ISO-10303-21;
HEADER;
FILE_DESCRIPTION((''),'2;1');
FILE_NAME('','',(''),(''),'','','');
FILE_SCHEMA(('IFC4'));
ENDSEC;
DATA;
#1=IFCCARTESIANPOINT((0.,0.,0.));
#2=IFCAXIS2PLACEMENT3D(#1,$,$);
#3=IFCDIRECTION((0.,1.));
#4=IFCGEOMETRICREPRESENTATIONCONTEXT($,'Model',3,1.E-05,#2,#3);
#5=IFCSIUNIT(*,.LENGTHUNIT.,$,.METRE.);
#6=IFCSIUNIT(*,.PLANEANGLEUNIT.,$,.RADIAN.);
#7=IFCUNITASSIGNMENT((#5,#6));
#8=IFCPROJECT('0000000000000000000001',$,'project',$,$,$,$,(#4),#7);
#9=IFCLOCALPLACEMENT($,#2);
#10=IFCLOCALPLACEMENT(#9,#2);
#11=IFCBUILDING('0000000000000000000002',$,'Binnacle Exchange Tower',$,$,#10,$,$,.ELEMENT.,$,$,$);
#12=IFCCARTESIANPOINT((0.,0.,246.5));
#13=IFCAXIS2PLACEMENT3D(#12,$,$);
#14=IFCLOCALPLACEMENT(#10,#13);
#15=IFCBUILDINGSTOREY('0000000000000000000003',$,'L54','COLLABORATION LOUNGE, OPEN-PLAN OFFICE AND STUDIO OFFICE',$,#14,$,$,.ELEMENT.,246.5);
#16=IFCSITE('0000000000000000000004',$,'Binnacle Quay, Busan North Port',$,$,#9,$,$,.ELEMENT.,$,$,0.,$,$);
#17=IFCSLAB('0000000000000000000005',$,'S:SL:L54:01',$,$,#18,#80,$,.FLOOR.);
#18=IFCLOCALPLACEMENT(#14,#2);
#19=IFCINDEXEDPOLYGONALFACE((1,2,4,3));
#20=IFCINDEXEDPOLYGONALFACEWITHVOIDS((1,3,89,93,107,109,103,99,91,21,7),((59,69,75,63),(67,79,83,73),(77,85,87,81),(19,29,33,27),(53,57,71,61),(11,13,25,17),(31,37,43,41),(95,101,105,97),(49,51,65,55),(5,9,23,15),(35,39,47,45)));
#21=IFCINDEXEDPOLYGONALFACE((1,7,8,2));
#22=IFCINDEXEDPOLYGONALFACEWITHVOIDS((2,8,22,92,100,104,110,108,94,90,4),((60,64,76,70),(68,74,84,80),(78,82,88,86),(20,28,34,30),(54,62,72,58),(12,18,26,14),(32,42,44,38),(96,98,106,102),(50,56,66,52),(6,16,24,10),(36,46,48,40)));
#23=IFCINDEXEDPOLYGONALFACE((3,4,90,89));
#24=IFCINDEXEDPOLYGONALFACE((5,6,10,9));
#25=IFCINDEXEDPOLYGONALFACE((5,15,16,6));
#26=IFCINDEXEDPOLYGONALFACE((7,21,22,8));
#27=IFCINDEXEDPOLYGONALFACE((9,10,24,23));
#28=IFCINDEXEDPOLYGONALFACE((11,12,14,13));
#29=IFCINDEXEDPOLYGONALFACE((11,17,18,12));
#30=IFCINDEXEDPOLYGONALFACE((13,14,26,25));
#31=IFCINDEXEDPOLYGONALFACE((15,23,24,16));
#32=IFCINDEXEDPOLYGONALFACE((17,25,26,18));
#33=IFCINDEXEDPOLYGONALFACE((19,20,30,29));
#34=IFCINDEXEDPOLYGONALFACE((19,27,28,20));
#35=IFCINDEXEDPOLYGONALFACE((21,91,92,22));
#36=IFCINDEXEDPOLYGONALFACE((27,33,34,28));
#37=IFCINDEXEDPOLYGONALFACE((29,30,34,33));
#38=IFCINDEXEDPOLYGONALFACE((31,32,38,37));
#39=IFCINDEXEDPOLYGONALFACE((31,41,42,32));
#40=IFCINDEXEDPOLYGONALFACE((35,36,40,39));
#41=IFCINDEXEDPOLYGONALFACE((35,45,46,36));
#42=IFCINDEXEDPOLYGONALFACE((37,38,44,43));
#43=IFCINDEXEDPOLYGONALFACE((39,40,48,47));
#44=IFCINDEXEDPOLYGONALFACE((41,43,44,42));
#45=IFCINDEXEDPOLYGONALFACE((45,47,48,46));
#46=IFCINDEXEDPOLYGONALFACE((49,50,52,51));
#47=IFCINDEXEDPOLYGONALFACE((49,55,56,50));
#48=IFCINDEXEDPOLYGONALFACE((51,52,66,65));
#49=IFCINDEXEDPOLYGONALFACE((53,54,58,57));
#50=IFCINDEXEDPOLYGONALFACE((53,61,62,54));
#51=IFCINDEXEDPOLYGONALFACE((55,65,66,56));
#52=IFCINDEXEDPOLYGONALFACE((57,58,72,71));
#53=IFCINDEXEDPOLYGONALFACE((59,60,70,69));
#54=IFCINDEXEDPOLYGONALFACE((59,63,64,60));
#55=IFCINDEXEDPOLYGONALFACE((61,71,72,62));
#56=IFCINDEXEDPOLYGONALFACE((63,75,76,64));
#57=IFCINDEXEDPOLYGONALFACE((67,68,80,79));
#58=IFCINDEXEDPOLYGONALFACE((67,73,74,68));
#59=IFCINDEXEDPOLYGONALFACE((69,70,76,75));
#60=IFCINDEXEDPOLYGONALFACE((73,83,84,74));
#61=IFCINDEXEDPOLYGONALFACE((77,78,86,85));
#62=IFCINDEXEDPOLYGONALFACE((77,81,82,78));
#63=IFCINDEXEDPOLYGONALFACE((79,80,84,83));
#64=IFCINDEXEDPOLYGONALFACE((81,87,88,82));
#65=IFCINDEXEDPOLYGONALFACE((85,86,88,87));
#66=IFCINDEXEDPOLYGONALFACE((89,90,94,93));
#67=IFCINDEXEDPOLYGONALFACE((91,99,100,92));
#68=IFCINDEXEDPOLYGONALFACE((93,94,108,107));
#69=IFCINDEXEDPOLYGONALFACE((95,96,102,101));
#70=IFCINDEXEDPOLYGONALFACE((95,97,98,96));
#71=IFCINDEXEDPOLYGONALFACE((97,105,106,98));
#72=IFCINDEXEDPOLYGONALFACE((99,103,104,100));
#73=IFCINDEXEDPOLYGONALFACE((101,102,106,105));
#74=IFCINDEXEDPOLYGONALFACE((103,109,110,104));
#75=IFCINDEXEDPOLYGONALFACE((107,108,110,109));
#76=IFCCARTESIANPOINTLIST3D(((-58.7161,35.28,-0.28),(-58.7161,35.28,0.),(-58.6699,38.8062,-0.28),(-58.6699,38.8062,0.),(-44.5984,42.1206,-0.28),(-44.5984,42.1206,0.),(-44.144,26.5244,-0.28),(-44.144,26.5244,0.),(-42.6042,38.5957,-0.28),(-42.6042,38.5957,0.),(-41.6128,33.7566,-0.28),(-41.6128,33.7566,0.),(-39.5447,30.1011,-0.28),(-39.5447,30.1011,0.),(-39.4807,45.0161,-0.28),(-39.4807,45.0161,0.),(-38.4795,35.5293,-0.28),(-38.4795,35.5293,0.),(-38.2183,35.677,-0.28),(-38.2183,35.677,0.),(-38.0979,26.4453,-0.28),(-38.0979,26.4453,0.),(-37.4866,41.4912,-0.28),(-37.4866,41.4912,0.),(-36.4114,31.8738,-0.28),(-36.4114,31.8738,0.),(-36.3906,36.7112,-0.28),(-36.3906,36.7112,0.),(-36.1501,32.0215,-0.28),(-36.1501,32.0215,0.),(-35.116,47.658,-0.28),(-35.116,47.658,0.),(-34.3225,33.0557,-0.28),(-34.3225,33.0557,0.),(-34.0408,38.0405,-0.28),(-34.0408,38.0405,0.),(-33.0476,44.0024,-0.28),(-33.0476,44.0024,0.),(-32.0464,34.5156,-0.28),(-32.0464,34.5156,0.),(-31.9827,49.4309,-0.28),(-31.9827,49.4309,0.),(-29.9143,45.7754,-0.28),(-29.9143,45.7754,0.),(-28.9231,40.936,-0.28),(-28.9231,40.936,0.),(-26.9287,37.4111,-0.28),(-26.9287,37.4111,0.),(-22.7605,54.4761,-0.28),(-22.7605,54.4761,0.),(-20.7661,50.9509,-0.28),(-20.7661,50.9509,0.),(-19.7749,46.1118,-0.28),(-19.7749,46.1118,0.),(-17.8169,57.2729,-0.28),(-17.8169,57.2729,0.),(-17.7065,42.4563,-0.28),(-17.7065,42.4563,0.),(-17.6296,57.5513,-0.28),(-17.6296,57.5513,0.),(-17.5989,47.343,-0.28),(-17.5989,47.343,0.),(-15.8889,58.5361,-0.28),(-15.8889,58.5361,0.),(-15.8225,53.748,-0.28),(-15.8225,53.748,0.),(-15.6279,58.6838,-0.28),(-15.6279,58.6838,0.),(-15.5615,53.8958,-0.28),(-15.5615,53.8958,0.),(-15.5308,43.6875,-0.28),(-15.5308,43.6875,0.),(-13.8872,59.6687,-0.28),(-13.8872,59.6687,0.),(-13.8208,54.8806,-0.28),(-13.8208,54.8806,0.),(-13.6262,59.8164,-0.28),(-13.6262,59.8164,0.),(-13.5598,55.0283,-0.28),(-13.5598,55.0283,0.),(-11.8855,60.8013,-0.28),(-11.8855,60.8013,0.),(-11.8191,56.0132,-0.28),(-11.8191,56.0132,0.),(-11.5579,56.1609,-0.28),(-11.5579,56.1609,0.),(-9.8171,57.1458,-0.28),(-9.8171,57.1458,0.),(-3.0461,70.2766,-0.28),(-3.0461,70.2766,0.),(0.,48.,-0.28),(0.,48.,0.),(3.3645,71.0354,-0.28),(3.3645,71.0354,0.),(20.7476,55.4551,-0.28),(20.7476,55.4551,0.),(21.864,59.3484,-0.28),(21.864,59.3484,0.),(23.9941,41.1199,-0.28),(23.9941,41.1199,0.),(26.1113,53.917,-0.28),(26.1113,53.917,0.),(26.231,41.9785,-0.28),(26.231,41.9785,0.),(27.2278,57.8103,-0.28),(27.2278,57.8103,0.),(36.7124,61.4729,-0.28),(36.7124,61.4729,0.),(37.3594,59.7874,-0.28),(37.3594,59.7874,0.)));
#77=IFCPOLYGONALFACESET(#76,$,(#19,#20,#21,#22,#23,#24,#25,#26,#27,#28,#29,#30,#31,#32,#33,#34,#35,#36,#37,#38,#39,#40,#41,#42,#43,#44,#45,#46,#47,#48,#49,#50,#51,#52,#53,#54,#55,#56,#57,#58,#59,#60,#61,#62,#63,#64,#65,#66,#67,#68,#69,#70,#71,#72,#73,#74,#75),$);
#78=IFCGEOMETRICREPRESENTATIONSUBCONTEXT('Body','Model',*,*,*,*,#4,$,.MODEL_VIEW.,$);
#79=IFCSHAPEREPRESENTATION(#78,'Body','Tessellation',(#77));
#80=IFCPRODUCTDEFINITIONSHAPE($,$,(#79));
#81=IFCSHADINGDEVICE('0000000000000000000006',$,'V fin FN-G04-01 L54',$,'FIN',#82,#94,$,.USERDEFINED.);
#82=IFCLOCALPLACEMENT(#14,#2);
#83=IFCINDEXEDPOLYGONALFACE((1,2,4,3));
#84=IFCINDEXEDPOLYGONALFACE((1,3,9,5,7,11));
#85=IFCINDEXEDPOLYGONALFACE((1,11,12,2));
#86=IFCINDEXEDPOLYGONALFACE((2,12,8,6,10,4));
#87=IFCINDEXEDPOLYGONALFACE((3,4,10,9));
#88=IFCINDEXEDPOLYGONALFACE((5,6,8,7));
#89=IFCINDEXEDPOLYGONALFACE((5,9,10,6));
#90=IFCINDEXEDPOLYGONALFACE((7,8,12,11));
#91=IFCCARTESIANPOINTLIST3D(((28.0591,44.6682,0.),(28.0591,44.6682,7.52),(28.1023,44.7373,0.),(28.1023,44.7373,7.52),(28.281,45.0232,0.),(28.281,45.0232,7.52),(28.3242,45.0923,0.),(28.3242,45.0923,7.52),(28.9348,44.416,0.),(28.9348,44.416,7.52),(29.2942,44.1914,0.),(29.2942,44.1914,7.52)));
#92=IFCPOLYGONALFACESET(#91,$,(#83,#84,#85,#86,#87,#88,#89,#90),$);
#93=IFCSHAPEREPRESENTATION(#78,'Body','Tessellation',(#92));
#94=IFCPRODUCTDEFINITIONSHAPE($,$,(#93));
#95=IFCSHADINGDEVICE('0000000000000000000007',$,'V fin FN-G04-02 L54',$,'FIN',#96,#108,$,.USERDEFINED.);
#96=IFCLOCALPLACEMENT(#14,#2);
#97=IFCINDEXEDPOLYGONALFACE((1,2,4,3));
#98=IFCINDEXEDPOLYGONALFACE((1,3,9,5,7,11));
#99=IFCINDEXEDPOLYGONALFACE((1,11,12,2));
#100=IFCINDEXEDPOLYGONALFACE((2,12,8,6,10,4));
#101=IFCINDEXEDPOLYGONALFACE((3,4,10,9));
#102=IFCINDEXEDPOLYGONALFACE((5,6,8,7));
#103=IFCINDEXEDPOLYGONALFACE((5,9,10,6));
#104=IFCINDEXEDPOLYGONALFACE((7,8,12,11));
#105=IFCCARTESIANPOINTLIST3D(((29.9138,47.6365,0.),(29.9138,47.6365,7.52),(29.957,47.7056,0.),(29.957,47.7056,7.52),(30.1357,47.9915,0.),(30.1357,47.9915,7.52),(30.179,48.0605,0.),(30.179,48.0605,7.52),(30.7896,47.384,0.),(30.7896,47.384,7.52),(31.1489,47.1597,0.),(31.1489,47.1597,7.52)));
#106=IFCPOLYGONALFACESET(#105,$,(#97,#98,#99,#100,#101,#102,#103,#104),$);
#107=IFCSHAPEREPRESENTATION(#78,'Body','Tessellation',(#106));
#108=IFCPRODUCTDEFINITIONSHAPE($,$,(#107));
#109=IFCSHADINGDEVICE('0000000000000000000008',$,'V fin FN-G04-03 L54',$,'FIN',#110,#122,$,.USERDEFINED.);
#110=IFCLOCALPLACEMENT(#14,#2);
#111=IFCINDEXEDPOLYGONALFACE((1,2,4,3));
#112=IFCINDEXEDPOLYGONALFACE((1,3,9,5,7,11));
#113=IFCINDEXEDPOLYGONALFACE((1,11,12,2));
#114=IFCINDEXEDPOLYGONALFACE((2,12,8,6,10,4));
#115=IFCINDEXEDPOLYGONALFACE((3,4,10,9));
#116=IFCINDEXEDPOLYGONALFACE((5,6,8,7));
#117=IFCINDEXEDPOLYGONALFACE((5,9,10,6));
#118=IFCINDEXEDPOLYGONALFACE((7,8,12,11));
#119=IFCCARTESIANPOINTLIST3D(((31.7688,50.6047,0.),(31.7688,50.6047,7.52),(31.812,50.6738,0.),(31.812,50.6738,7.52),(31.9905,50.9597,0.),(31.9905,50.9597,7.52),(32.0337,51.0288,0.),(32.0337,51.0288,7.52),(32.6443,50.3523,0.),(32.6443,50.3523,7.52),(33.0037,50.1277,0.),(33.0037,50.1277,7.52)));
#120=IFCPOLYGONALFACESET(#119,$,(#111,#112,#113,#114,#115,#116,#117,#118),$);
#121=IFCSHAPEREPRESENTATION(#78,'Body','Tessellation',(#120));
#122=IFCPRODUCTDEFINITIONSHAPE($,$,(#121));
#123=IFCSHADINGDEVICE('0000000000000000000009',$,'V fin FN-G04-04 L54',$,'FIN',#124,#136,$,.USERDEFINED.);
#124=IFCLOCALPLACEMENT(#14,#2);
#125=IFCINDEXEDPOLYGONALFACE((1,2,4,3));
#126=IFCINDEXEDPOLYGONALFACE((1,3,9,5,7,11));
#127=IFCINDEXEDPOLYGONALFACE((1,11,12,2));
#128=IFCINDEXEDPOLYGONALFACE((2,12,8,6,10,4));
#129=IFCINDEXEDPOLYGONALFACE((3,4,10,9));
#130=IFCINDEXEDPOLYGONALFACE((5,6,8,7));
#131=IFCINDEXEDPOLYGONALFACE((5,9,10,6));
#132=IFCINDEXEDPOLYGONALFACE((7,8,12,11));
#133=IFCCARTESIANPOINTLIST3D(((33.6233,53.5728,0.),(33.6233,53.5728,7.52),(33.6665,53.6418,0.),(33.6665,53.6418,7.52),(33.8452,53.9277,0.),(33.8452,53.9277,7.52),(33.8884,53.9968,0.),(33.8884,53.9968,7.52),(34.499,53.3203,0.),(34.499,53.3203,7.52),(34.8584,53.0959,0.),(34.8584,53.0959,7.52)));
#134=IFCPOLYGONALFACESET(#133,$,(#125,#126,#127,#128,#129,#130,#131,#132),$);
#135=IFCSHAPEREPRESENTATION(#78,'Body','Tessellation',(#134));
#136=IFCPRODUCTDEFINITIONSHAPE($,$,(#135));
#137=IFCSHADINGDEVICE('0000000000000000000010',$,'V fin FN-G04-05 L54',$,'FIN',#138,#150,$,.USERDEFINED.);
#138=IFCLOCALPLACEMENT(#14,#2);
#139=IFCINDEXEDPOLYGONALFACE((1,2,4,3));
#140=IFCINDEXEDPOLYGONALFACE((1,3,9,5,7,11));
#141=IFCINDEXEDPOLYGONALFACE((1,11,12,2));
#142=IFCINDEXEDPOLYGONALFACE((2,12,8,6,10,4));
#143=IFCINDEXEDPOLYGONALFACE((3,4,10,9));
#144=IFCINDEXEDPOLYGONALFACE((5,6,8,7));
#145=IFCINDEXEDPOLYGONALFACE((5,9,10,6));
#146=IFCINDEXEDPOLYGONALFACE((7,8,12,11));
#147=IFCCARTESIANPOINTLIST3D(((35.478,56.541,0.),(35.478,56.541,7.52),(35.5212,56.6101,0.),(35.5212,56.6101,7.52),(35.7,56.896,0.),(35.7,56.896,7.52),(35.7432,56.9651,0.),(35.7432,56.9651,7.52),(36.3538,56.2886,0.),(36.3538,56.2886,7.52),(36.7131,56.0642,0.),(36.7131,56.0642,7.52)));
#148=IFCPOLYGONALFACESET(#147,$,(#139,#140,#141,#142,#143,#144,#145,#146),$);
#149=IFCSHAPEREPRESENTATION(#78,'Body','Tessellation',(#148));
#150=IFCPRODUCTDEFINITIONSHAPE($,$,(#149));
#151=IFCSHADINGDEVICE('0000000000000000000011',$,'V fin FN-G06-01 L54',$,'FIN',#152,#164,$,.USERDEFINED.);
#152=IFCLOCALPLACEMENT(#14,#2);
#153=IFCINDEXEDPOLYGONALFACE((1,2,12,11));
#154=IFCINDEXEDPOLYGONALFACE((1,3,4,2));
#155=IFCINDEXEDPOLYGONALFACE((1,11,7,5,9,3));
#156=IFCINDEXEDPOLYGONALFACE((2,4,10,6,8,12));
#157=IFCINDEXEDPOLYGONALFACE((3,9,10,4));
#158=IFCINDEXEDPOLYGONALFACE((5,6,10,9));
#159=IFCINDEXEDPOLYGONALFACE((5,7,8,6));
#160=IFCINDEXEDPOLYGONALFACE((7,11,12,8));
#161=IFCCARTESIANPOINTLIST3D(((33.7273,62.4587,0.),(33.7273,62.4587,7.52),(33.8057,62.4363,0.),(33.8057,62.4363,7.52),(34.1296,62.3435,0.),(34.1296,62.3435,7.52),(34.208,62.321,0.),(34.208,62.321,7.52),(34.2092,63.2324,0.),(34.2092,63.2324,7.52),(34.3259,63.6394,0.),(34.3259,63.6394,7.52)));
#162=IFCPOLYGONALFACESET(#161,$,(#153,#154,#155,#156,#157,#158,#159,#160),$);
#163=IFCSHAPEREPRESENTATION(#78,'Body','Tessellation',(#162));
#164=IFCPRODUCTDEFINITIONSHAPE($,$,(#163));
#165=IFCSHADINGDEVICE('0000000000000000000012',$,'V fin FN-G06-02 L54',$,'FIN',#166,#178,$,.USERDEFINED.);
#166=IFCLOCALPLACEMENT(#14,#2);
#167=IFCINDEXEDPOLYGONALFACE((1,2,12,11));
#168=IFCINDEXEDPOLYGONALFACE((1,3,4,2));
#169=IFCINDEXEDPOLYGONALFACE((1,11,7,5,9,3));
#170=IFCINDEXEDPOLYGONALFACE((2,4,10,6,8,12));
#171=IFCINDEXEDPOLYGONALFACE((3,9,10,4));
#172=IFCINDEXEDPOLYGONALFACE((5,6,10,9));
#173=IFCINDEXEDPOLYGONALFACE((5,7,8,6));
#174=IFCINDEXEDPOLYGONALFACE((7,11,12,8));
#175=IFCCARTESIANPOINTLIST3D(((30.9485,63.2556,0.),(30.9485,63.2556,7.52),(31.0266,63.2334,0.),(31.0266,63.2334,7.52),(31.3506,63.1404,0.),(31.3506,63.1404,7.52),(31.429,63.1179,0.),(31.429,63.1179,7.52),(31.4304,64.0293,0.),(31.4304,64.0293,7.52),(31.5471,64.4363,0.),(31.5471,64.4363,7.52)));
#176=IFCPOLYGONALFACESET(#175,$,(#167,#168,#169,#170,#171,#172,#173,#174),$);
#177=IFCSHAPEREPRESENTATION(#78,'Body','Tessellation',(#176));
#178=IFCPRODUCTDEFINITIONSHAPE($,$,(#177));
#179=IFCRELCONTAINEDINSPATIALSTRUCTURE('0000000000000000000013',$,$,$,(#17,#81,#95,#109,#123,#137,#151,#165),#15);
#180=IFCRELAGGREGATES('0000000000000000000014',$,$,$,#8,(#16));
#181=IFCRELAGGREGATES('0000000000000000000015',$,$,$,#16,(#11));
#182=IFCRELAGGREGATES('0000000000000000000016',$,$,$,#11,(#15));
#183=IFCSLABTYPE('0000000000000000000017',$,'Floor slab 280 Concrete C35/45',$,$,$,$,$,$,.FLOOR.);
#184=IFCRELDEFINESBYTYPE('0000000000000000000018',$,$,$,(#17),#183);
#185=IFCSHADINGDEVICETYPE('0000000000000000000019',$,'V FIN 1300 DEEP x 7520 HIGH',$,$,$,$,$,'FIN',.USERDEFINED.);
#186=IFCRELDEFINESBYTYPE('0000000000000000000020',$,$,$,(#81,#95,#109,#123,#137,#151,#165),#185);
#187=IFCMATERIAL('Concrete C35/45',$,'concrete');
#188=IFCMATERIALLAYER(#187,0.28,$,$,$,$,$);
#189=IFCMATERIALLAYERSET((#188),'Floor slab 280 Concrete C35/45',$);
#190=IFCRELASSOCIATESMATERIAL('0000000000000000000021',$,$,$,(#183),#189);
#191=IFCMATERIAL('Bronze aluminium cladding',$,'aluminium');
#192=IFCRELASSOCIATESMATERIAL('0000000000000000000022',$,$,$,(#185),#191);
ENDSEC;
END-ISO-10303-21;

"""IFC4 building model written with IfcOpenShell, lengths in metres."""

from ifc_helpers import new_model, si_unit, direction, frame, origin, place, context, subcontext, project, spatial, polyline, outline, extrude, material, layer, layer_set, type_object, element, save


model = new_model("IFC4")

# Units and contexts
model_context = context("Model", 3, precision=1e-05, world=origin(), true_north=direction((0.0, 1.0)))
body_context = subcontext(model_context, "Body", "Model", "MODEL_VIEW")
ifc_project = project(units=[si_unit("LENGTHUNIT", "METRE"), si_unit("PLANEANGLEUNIT", "RADIAN")], contexts=[model_context])

# Site, building, storey
site_placement = place(None, origin())
site = spatial("IfcSite", under=ifc_project, at=site_placement, Name="Binnacle Quay, Busan North Port", CompositionType="ELEMENT", RefElevation=0.0)
building_placement = place(site_placement, origin())
building = spatial("IfcBuilding", under=site, at=building_placement, Name="Binnacle Exchange Tower", CompositionType="ELEMENT")
storey_placement = place(building_placement, frame((0.0, 0.0, 246.5)))
storey = spatial("IfcBuildingStorey", under=building, at=storey_placement, Name="L54", Description="COLLABORATION LOUNGE, OPEN-PLAN OFFICE AND STUDIO OFFICE", CompositionType="ELEMENT", Elevation=246.5)

# Slab
ifc_material_1 = material(Name="Concrete C35/45", Category="concrete")
ifc_layer = layer(ifc_material_1, 0.28)
ifc_layer_set = layer_set([ifc_layer], Name="Floor slab 280 Concrete C35/45")
slab_type = type_object("IfcSlabType", Name="Floor slab 280 Concrete C35/45", PredefinedType="FLOOR", material=ifc_layer_set)
slab_placement = place(storey_placement, frame((0.0, 0.0, -0.28)))
element("IfcSlab", 1, at=slab_placement, inside=storey, type_object=slab_type, Name="S:SL:L54:01", PredefinedType="FLOOR", context=body_context, shape_type="SweptSolid", body=[
    extrude(outline(polyline([(-58.7161, 35.28), (-58.6699, 38.8062), (-3.0461, 70.2766), (3.3645, 71.0354), (36.7124, 61.4729), (37.3594, 59.7874), (26.231, 41.9785), (23.9941, 41.1199), (0.0, 48.0), (-38.0979, 26.4453), (-44.144, 26.5244), (-58.7161, 35.28)]), holes=[polyline([(-38.4795, 35.5293), (-41.6128, 33.7566), (-39.5447, 30.1011), (-36.4114, 31.8738), (-38.4795, 35.5293)]), polyline([(-36.3906, 36.7112), (-38.2183, 35.677), (-36.1501, 32.0215), (-34.3225, 33.0557), (-36.3906, 36.7112)]), polyline([(-32.0464, 34.5156), (-26.9287, 37.4111), (-28.9231, 40.936), (-34.0408, 38.0405), (-32.0464, 34.5156)]), polyline([(-37.4866, 41.4912), (-39.4807, 45.0161), (-44.5984, 42.1206), (-42.6042, 38.5957), (-37.4866, 41.4912)]), polyline([(-29.9143, 45.7754), (-31.9827, 49.4309), (-35.116, 47.658), (-33.0476, 44.0024), (-29.9143, 45.7754)]), polyline([(-17.8169, 57.2729), (-22.7605, 54.4761), (-20.7661, 50.9509), (-15.8225, 53.748), (-17.8169, 57.2729)]), polyline([(-15.5308, 43.6875), (-17.5989, 47.343), (-19.7749, 46.1118), (-17.7065, 42.4563), (-15.5308, 43.6875)]), polyline([(-13.8208, 54.8806), (-15.8889, 58.5361), (-17.6296, 57.5513), (-15.5615, 53.8958), (-13.8208, 54.8806)]), polyline([(27.2278, 57.8103), (21.864, 59.3484), (20.7476, 55.4551), (26.1113, 53.917), (27.2278, 57.8103)]), polyline([(-11.8191, 56.0132), (-13.8872, 59.6687), (-15.6279, 58.6838), (-13.5598, 55.0283), (-11.8191, 56.0132)]), polyline([(-9.8171, 57.1458), (-11.8855, 60.8013), (-13.6262, 59.8164), (-11.5579, 56.1609), (-9.8171, 57.1458)])]), origin(), (0.0, 0.0, 1.0), 0.28),
])

# Shading devices
ifc_material_2 = material(Name="Bronze aluminium cladding", Category="aluminium")
shading_device_type = type_object("IfcShadingDeviceType", Name="V FIN 1300 DEEP x 7520 HIGH", ElementType="FIN", PredefinedType="USERDEFINED", material=ifc_material_2)
shading_device_1_placement = place(storey_placement, origin())
element("IfcShadingDevice", 2, at=shading_device_1_placement, inside=storey, type_object=shading_device_type, Name="V fin FN-G04-01 L54", ObjectType="FIN", PredefinedType="USERDEFINED", context=body_context, shape_type="SweptSolid", body=[
    extrude(outline(polyline([(28.0591, 44.6682), (29.2942, 44.1914), (28.3242, 45.0923), (28.281, 45.0232), (28.9348, 44.416), (28.1023, 44.7373), (28.0591, 44.6682)])), origin(), (0.0, 0.0, 1.0), 7.52),
])
shading_device_2_placement = place(storey_placement, origin())
element("IfcShadingDevice", 3, at=shading_device_2_placement, inside=storey, type_object=shading_device_type, Name="V fin FN-G04-02 L54", ObjectType="FIN", PredefinedType="USERDEFINED", context=body_context, shape_type="SweptSolid", body=[
    extrude(outline(polyline([(29.9138, 47.6365), (31.1489, 47.1597), (30.179, 48.0605), (30.1357, 47.9915), (30.7896, 47.384), (29.957, 47.7056), (29.9138, 47.6365)])), origin(), (0.0, 0.0, 1.0), 7.52),
])
shading_device_3_placement = place(storey_placement, origin())
element("IfcShadingDevice", 4, at=shading_device_3_placement, inside=storey, type_object=shading_device_type, Name="V fin FN-G04-03 L54", ObjectType="FIN", PredefinedType="USERDEFINED", context=body_context, shape_type="SweptSolid", body=[
    extrude(outline(polyline([(31.7688, 50.6047), (33.0037, 50.1277), (32.0337, 51.0288), (31.9905, 50.9597), (32.6443, 50.3523), (31.812, 50.6738), (31.7688, 50.6047)])), origin(), (0.0, 0.0, 1.0), 7.52),
])
shading_device_4_placement = place(storey_placement, origin())
element("IfcShadingDevice", 5, at=shading_device_4_placement, inside=storey, type_object=shading_device_type, Name="V fin FN-G04-04 L54", ObjectType="FIN", PredefinedType="USERDEFINED", context=body_context, shape_type="SweptSolid", body=[
    extrude(outline(polyline([(33.6233, 53.5728), (34.8584, 53.0959), (33.8884, 53.9968), (33.8452, 53.9277), (34.499, 53.3203), (33.6665, 53.6418), (33.6233, 53.5728)])), origin(), (0.0, 0.0, 1.0), 7.52),
])
shading_device_5_placement = place(storey_placement, origin())
element("IfcShadingDevice", 6, at=shading_device_5_placement, inside=storey, type_object=shading_device_type, Name="V fin FN-G04-05 L54", ObjectType="FIN", PredefinedType="USERDEFINED", context=body_context, shape_type="SweptSolid", body=[
    extrude(outline(polyline([(35.478, 56.541), (36.7131, 56.0642), (35.7432, 56.9651), (35.7, 56.896), (36.3538, 56.2886), (35.5212, 56.6101), (35.478, 56.541)])), origin(), (0.0, 0.0, 1.0), 7.52),
])
shading_device_6_placement = place(storey_placement, origin())
element("IfcShadingDevice", 7, at=shading_device_6_placement, inside=storey, type_object=shading_device_type, Name="V fin FN-G06-01 L54", ObjectType="FIN", PredefinedType="USERDEFINED", context=body_context, shape_type="SweptSolid", body=[
    extrude(outline(polyline([(34.208, 62.321), (34.3259, 63.6394), (33.7273, 62.4587), (33.8057, 62.4363), (34.2092, 63.2324), (34.1296, 62.3435), (34.208, 62.321)])), origin(), (0.0, 0.0, 1.0), 7.52),
])
shading_device_7_placement = place(storey_placement, origin())
element("IfcShadingDevice", 8, at=shading_device_7_placement, inside=storey, type_object=shading_device_type, Name="V fin FN-G06-02 L54", ObjectType="FIN", PredefinedType="USERDEFINED", context=body_context, shape_type="SweptSolid", body=[
    extrude(outline(polyline([(31.429, 63.1179), (31.5471, 64.4363), (30.9485, 63.2556), (31.0266, 63.2334), (31.4304, 64.0293), (31.3506, 63.1404), (31.429, 63.1179)])), origin(), (0.0, 0.0, 1.0), 7.52),
])

save(model, "model.ifc")
